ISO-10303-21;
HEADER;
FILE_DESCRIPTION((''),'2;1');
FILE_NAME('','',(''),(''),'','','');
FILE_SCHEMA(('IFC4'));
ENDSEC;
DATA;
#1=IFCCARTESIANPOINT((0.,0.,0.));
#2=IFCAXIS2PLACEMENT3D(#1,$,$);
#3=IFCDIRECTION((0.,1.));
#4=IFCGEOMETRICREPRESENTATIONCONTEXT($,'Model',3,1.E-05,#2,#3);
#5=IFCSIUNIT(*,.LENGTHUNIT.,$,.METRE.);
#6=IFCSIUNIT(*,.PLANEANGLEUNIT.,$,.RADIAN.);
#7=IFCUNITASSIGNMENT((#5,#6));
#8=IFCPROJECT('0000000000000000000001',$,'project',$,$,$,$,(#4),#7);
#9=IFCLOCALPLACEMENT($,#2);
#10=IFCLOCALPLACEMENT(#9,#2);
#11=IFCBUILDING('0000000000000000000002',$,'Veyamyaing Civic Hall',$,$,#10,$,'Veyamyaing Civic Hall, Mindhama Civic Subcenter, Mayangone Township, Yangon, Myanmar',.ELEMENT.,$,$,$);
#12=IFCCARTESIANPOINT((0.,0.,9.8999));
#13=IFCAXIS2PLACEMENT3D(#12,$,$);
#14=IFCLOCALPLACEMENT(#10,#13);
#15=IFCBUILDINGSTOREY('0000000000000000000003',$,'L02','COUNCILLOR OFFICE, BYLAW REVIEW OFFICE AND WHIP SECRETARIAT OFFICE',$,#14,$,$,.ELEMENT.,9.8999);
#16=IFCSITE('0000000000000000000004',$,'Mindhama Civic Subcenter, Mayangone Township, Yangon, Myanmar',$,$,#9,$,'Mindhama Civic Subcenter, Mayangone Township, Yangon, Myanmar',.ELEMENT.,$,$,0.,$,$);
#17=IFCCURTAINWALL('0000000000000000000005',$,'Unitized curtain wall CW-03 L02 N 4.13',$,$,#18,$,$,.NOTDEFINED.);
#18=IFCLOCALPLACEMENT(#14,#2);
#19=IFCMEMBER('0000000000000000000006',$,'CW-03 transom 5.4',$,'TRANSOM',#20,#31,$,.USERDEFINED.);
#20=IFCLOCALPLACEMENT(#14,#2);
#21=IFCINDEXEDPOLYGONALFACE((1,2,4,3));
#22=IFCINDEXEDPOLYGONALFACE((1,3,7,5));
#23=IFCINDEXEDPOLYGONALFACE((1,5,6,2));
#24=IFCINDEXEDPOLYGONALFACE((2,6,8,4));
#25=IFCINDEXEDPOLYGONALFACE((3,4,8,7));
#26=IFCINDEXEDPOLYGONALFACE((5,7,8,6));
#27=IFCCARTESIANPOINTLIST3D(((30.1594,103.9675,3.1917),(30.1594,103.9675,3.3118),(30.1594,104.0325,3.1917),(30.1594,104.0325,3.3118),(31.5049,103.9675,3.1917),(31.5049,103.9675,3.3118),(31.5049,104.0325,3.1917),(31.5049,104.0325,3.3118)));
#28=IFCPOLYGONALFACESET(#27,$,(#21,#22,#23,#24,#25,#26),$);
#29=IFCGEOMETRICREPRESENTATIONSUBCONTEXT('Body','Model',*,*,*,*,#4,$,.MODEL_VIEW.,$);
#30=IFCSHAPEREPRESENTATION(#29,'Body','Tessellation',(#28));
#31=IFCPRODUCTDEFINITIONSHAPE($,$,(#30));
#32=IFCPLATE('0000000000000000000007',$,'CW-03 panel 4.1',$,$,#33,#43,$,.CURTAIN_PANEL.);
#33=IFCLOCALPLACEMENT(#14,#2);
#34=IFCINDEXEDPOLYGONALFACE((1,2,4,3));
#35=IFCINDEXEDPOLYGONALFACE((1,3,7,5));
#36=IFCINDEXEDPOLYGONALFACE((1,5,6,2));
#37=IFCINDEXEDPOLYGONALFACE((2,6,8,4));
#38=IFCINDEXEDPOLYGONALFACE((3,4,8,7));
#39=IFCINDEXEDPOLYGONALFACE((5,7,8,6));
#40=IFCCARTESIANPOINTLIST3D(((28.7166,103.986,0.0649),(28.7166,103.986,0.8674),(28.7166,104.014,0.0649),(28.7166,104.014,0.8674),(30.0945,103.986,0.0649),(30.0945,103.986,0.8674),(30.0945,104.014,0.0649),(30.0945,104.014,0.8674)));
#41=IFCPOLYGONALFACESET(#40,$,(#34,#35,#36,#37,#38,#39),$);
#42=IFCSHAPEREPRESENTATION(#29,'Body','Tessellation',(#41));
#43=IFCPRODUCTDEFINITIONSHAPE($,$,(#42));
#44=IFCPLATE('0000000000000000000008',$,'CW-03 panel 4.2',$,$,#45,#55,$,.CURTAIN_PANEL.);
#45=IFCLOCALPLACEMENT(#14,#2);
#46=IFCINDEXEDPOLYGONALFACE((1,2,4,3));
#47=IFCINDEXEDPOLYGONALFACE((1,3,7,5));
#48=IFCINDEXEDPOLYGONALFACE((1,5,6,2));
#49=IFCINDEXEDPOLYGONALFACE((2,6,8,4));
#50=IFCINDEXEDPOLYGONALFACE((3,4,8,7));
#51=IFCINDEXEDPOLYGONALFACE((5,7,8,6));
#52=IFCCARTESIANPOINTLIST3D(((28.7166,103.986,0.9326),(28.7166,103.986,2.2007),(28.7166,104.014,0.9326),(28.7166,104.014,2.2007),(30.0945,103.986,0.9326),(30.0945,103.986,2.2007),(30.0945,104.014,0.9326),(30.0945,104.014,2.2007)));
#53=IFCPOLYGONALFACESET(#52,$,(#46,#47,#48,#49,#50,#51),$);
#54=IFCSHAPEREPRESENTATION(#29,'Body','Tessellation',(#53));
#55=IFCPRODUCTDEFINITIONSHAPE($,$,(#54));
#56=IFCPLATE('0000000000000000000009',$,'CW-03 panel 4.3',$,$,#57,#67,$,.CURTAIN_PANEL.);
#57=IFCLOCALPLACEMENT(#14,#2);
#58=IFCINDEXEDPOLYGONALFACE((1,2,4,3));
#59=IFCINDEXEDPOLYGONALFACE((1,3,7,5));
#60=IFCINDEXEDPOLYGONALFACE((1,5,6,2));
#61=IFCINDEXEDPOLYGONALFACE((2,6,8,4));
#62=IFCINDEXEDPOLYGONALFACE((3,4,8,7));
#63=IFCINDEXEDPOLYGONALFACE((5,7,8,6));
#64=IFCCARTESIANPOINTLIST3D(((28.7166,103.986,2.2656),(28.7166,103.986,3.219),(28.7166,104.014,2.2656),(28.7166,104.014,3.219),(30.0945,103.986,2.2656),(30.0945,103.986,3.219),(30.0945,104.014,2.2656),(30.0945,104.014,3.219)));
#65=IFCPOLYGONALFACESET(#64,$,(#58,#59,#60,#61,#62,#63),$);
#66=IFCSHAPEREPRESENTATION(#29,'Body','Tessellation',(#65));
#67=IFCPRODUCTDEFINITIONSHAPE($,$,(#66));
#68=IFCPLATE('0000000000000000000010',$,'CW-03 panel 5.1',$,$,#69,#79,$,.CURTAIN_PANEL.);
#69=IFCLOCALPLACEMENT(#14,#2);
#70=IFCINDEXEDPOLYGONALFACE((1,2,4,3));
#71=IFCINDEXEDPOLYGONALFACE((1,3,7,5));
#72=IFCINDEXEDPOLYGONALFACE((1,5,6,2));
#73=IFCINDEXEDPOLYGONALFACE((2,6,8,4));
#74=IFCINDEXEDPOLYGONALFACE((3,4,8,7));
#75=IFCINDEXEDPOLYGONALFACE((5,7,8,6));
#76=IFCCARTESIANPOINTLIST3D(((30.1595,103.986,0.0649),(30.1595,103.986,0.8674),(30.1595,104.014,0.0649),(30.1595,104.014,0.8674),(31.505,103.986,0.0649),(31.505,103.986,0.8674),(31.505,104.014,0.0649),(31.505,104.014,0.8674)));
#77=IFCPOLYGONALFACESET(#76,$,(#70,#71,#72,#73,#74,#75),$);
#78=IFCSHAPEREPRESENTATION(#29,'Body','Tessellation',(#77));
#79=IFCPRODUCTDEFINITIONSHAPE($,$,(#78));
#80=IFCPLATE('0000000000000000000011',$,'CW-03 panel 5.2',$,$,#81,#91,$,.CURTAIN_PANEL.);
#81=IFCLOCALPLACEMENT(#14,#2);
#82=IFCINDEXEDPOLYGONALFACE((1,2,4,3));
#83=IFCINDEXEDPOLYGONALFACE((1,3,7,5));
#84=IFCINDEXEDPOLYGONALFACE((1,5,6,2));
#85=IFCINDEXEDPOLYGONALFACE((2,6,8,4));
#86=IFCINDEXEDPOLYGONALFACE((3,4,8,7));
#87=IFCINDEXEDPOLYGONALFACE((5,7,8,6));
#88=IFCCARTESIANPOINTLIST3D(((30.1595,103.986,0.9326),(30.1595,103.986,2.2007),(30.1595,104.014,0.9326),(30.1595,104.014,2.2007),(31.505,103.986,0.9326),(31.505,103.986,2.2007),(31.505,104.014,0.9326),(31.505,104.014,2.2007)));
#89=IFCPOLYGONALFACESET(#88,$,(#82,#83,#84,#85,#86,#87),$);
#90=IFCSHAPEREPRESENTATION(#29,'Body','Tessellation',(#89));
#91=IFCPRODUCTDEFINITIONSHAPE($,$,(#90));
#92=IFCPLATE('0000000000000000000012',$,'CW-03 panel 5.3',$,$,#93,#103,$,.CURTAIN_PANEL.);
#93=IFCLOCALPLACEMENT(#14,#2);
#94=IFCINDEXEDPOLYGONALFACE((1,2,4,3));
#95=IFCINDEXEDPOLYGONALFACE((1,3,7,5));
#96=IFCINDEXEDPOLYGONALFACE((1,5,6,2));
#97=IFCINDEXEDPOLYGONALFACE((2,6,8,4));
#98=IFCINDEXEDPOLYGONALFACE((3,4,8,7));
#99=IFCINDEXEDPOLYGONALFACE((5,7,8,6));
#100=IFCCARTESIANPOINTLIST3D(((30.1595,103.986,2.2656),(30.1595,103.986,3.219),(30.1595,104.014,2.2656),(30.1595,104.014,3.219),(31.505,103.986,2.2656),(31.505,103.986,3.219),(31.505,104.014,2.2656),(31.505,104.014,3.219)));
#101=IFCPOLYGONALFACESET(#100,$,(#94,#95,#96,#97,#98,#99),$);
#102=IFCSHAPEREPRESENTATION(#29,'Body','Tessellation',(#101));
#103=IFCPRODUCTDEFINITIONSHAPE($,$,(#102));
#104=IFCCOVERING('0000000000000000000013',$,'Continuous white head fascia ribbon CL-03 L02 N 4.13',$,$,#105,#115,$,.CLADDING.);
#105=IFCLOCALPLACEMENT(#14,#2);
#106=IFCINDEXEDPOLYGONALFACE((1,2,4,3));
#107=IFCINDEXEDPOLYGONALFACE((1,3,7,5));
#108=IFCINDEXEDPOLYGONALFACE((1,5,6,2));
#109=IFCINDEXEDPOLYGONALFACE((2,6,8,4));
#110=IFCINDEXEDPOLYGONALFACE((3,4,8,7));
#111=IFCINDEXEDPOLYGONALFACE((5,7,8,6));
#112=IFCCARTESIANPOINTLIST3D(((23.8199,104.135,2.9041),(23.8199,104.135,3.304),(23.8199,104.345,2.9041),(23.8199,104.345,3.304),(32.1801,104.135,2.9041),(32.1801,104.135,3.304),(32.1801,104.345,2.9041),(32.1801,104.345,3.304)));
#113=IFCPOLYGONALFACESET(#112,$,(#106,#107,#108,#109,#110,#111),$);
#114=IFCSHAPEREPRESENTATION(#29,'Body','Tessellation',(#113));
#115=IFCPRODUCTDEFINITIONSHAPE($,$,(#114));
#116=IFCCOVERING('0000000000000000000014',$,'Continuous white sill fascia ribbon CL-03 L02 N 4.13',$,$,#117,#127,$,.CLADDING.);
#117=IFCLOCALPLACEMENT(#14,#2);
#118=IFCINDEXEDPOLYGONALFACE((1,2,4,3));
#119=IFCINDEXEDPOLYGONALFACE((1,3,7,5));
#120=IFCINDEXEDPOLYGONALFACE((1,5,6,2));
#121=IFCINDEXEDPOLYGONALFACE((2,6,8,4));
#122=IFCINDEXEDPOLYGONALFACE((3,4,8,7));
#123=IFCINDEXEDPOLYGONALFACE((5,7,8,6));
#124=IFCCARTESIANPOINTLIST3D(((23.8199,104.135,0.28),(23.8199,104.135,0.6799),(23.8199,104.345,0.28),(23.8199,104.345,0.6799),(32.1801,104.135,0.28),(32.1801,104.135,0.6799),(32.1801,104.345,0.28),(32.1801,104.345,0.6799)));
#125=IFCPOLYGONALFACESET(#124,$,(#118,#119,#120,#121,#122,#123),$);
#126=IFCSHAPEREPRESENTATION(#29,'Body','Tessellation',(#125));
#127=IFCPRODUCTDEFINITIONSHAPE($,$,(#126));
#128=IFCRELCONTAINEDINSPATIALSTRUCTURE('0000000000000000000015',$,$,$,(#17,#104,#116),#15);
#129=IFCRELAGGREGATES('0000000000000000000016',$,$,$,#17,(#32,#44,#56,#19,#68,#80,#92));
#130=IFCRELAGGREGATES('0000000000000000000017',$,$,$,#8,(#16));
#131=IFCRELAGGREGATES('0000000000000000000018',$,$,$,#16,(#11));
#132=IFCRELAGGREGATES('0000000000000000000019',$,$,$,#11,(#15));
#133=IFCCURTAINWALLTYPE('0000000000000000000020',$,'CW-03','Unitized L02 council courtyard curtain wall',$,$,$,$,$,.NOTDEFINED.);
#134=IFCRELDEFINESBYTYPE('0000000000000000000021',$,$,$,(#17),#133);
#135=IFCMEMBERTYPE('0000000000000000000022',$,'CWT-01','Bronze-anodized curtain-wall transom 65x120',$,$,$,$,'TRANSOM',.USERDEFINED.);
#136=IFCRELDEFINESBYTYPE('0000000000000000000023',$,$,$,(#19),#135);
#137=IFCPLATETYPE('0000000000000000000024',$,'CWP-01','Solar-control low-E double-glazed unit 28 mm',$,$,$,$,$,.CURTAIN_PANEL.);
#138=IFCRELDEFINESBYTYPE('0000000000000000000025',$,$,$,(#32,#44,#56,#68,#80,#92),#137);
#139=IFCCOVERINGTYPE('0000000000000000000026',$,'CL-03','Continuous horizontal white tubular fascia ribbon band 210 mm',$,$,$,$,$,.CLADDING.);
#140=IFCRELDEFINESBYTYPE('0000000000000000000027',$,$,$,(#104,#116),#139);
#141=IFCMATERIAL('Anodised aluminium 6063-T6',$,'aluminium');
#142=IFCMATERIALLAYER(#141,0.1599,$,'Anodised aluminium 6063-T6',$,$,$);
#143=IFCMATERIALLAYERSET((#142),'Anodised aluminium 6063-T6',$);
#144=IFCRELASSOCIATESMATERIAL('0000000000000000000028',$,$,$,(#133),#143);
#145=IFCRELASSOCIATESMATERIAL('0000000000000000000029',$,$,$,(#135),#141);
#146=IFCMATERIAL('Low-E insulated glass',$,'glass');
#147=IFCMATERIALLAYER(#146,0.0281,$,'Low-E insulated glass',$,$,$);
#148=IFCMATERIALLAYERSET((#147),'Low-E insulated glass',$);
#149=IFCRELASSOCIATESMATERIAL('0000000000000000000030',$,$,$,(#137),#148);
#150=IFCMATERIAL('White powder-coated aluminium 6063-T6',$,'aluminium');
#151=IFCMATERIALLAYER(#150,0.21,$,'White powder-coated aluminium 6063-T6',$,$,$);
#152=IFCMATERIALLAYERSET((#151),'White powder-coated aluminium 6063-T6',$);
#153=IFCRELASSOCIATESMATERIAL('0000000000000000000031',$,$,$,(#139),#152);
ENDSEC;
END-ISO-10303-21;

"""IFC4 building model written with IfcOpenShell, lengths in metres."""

from ifc_helpers import new_model, si_unit, direction, frame, origin, origin_2d, place, context, subcontext, project, spatial, rectangle, extrude, material, layer, layer_set, material_profile, profile_set, type_object, element, aggregate, save


model = new_model("IFC4")

# Units and contexts
model_context = context("Model", 3, precision=1e-05, world=origin(), true_north=direction((0.0, 1.0)))
body_context = subcontext(model_context, "Body", "Model", "MODEL_VIEW")
ifc_project = project(units=[si_unit("LENGTHUNIT", "METRE"), si_unit("PLANEANGLEUNIT", "RADIAN")], contexts=[model_context])

# Site, building, storey
site_placement = place(None, origin())
site = spatial("IfcSite", under=ifc_project, at=site_placement, Name="Mindhama Civic Subcenter, Mayangone Township, Yangon, Myanmar", LongName="Mindhama Civic Subcenter, Mayangone Township, Yangon, Myanmar", CompositionType="ELEMENT", RefElevation=0.0)
building_placement = place(site_placement, origin())
building = spatial("IfcBuilding", under=site, at=building_placement, Name="Veyamyaing Civic Hall", LongName="Veyamyaing Civic Hall, Mindhama Civic Subcenter, Mayangone Township, Yangon, Myanmar", CompositionType="ELEMENT")
storey_placement = place(building_placement, frame((0.0, 0.0, 9.8999)))
storey = spatial("IfcBuildingStorey", under=building, at=storey_placement, Name="L02", Description="COUNCILLOR OFFICE, BYLAW REVIEW OFFICE AND WHIP SECRETARIAT OFFICE", CompositionType="ELEMENT", Elevation=9.8999)

# Curtain wall, member, plates
ifc_material_1 = material(Name="Anodised aluminium 6063-T6", Category="aluminium")
ifc_layer_1 = layer(ifc_material_1, 0.1599, Name="Anodised aluminium 6063-T6")
ifc_layer_set_1 = layer_set([ifc_layer_1], Name="Anodised aluminium 6063-T6")
curtain_wall_type = type_object("IfcCurtainWallType", Name="CW-03", Description="Unitized L02 council courtyard curtain wall", PredefinedType="NOTDEFINED", material=ifc_layer_set_1)
curtain_wall_placement = place(storey_placement, origin())
curtain_wall = element("IfcCurtainWall", 1, at=curtain_wall_placement, inside=storey, type_object=curtain_wall_type, Name="Unitized curtain wall CW-03 L02 N 4.13", PredefinedType="NOTDEFINED")
ifc_material_profile_1 = material_profile(ifc_material_1, rectangle(XDim=0.0649, YDim=0.1201, at=origin_2d()), Name="ALU-TRN-65X120")
ifc_profile_set_1 = profile_set([ifc_material_profile_1], Name="Anodised aluminium 6063-T6")
member_type_1 = type_object("IfcMemberType", Name="CWT-01", Description="Bronze-anodized curtain-wall transom 65x120", ElementType="TRANSOM", PredefinedType="USERDEFINED", material=ifc_profile_set_1)
member_1_placement = place(storey_placement, frame((30.1594, 104.0, 3.2517), z_axis=(1.0, 0.0, 0.0), x_axis=(0.0, 1.0, 0.0)))
member_1 = element("IfcMember", 2, at=member_1_placement, type_object=member_type_1, Name="CW-03 transom 5.4", ObjectType="TRANSOM", PredefinedType="USERDEFINED", context=body_context, shape_type="SweptSolid", body=[
    extrude(rectangle(XDim=0.0649, YDim=0.1201, at=origin_2d()), origin(), (0.0, 0.0, 1.0), 1.3455),
])
ifc_material_2 = material(Name="Low-E insulated glass", Category="glass")
ifc_layer_2 = layer(ifc_material_2, 0.0281, Name="Low-E insulated glass")
ifc_layer_set_2 = layer_set([ifc_layer_2], Name="Low-E insulated glass")
plate_type = type_object("IfcPlateType", Name="CWP-01", Description="Solar-control low-E double-glazed unit 28 mm", PredefinedType="CURTAIN_PANEL", material=ifc_layer_set_2)
plate_1_placement = place(storey_placement, frame((29.4055, 104.0, 0.0649), z_axis=(0.0, 0.0, 1.0), x_axis=(1.0, 0.0, 0.0)))
plate_1 = element("IfcPlate", 3, at=plate_1_placement, type_object=plate_type, Name="CW-03 panel 4.1", PredefinedType="CURTAIN_PANEL", context=body_context, shape_type="SweptSolid", body=[
    extrude(rectangle(XDim=1.3779, YDim=0.0281, at=origin_2d()), origin(), (0.0, 0.0, 1.0), 0.8025),
])
plate_2_placement = place(storey_placement, frame((29.4055, 104.0, 0.9326), z_axis=(0.0, 0.0, 1.0), x_axis=(1.0, 0.0, 0.0)))
plate_2 = element("IfcPlate", 4, at=plate_2_placement, type_object=plate_type, Name="CW-03 panel 4.2", PredefinedType="CURTAIN_PANEL", context=body_context, shape_type="SweptSolid", body=[
    extrude(rectangle(XDim=1.3779, YDim=0.0281, at=origin_2d()), origin(), (0.0, 0.0, 1.0), 1.2681),
])
plate_3_placement = place(storey_placement, frame((29.4055, 104.0, 2.2656), z_axis=(0.0, 0.0, 1.0), x_axis=(1.0, 0.0, 0.0)))
plate_3 = element("IfcPlate", 5, at=plate_3_placement, type_object=plate_type, Name="CW-03 panel 4.3", PredefinedType="CURTAIN_PANEL", context=body_context, shape_type="SweptSolid", body=[
    extrude(rectangle(XDim=1.3779, YDim=0.0281, at=origin_2d()), origin(), (0.0, 0.0, 1.0), 0.9534),
])
plate_4_placement = place(storey_placement, frame((30.8323, 104.0, 0.0649), z_axis=(0.0, 0.0, 1.0), x_axis=(1.0, 0.0, 0.0)))
plate_4 = element("IfcPlate", 6, at=plate_4_placement, type_object=plate_type, Name="CW-03 panel 5.1", PredefinedType="CURTAIN_PANEL", context=body_context, shape_type="SweptSolid", body=[
    extrude(rectangle(XDim=1.3455, YDim=0.0281, at=origin_2d()), origin(), (0.0, 0.0, 1.0), 0.8025),
])
plate_5_placement = place(storey_placement, frame((30.8323, 104.0, 0.9326), z_axis=(0.0, 0.0, 1.0), x_axis=(1.0, 0.0, 0.0)))
plate_5 = element("IfcPlate", 7, at=plate_5_placement, type_object=plate_type, Name="CW-03 panel 5.2", PredefinedType="CURTAIN_PANEL", context=body_context, shape_type="SweptSolid", body=[
    extrude(rectangle(XDim=1.3455, YDim=0.0281, at=origin_2d()), origin(), (0.0, 0.0, 1.0), 1.2681),
])
plate_6_placement = place(storey_placement, frame((30.8323, 104.0, 2.2656), z_axis=(0.0, 0.0, 1.0), x_axis=(1.0, 0.0, 0.0)))
plate_6 = element("IfcPlate", 8, at=plate_6_placement, type_object=plate_type, Name="CW-03 panel 5.3", PredefinedType="CURTAIN_PANEL", context=body_context, shape_type="SweptSolid", body=[
    extrude(rectangle(XDim=1.3455, YDim=0.0281, at=origin_2d()), origin(), (0.0, 0.0, 1.0), 0.9534),
])
aggregate(curtain_wall, [plate_1, plate_2, plate_3, member_1, plate_4, plate_5, plate_6])

# Coverings
ifc_material_3 = material(Name="White powder-coated aluminium 6063-T6", Category="aluminium")
ifc_layer_3 = layer(ifc_material_3, 0.21, Name="White powder-coated aluminium 6063-T6")
ifc_layer_set_3 = layer_set([ifc_layer_3], Name="White powder-coated aluminium 6063-T6")
covering_type = type_object("IfcCoveringType", Name="CL-03", Description="Continuous horizontal white tubular fascia ribbon band 210 mm", PredefinedType="CLADDING", material=ifc_layer_set_3)
for number, where, z_axis, x_axis, name in (
    (9, (28.0, 104.24, 2.9041), (0.0, 0.0, 1.0), (1.0, 0.0, 0.0), "Continuous white head fascia ribbon CL-03 L02 N 4.13"),
    (10, (28.0, 104.24, 0.28), (0.0, 0.0, 1.0), (1.0, 0.0, 0.0), "Continuous white sill fascia ribbon CL-03 L02 N 4.13"),
):
    element("IfcCovering", number, at=place(storey_placement, frame(where, z_axis=z_axis, x_axis=x_axis)), inside=storey, type_object=covering_type, Name=name, PredefinedType="CLADDING", context=body_context, shape_type="SweptSolid", body=[
        extrude(rectangle(XDim=8.3601, YDim=0.21, at=origin_2d()), origin(), (0.0, 0.0, 1.0), 0.3999),
    ])

save(model, "model.ifc")
